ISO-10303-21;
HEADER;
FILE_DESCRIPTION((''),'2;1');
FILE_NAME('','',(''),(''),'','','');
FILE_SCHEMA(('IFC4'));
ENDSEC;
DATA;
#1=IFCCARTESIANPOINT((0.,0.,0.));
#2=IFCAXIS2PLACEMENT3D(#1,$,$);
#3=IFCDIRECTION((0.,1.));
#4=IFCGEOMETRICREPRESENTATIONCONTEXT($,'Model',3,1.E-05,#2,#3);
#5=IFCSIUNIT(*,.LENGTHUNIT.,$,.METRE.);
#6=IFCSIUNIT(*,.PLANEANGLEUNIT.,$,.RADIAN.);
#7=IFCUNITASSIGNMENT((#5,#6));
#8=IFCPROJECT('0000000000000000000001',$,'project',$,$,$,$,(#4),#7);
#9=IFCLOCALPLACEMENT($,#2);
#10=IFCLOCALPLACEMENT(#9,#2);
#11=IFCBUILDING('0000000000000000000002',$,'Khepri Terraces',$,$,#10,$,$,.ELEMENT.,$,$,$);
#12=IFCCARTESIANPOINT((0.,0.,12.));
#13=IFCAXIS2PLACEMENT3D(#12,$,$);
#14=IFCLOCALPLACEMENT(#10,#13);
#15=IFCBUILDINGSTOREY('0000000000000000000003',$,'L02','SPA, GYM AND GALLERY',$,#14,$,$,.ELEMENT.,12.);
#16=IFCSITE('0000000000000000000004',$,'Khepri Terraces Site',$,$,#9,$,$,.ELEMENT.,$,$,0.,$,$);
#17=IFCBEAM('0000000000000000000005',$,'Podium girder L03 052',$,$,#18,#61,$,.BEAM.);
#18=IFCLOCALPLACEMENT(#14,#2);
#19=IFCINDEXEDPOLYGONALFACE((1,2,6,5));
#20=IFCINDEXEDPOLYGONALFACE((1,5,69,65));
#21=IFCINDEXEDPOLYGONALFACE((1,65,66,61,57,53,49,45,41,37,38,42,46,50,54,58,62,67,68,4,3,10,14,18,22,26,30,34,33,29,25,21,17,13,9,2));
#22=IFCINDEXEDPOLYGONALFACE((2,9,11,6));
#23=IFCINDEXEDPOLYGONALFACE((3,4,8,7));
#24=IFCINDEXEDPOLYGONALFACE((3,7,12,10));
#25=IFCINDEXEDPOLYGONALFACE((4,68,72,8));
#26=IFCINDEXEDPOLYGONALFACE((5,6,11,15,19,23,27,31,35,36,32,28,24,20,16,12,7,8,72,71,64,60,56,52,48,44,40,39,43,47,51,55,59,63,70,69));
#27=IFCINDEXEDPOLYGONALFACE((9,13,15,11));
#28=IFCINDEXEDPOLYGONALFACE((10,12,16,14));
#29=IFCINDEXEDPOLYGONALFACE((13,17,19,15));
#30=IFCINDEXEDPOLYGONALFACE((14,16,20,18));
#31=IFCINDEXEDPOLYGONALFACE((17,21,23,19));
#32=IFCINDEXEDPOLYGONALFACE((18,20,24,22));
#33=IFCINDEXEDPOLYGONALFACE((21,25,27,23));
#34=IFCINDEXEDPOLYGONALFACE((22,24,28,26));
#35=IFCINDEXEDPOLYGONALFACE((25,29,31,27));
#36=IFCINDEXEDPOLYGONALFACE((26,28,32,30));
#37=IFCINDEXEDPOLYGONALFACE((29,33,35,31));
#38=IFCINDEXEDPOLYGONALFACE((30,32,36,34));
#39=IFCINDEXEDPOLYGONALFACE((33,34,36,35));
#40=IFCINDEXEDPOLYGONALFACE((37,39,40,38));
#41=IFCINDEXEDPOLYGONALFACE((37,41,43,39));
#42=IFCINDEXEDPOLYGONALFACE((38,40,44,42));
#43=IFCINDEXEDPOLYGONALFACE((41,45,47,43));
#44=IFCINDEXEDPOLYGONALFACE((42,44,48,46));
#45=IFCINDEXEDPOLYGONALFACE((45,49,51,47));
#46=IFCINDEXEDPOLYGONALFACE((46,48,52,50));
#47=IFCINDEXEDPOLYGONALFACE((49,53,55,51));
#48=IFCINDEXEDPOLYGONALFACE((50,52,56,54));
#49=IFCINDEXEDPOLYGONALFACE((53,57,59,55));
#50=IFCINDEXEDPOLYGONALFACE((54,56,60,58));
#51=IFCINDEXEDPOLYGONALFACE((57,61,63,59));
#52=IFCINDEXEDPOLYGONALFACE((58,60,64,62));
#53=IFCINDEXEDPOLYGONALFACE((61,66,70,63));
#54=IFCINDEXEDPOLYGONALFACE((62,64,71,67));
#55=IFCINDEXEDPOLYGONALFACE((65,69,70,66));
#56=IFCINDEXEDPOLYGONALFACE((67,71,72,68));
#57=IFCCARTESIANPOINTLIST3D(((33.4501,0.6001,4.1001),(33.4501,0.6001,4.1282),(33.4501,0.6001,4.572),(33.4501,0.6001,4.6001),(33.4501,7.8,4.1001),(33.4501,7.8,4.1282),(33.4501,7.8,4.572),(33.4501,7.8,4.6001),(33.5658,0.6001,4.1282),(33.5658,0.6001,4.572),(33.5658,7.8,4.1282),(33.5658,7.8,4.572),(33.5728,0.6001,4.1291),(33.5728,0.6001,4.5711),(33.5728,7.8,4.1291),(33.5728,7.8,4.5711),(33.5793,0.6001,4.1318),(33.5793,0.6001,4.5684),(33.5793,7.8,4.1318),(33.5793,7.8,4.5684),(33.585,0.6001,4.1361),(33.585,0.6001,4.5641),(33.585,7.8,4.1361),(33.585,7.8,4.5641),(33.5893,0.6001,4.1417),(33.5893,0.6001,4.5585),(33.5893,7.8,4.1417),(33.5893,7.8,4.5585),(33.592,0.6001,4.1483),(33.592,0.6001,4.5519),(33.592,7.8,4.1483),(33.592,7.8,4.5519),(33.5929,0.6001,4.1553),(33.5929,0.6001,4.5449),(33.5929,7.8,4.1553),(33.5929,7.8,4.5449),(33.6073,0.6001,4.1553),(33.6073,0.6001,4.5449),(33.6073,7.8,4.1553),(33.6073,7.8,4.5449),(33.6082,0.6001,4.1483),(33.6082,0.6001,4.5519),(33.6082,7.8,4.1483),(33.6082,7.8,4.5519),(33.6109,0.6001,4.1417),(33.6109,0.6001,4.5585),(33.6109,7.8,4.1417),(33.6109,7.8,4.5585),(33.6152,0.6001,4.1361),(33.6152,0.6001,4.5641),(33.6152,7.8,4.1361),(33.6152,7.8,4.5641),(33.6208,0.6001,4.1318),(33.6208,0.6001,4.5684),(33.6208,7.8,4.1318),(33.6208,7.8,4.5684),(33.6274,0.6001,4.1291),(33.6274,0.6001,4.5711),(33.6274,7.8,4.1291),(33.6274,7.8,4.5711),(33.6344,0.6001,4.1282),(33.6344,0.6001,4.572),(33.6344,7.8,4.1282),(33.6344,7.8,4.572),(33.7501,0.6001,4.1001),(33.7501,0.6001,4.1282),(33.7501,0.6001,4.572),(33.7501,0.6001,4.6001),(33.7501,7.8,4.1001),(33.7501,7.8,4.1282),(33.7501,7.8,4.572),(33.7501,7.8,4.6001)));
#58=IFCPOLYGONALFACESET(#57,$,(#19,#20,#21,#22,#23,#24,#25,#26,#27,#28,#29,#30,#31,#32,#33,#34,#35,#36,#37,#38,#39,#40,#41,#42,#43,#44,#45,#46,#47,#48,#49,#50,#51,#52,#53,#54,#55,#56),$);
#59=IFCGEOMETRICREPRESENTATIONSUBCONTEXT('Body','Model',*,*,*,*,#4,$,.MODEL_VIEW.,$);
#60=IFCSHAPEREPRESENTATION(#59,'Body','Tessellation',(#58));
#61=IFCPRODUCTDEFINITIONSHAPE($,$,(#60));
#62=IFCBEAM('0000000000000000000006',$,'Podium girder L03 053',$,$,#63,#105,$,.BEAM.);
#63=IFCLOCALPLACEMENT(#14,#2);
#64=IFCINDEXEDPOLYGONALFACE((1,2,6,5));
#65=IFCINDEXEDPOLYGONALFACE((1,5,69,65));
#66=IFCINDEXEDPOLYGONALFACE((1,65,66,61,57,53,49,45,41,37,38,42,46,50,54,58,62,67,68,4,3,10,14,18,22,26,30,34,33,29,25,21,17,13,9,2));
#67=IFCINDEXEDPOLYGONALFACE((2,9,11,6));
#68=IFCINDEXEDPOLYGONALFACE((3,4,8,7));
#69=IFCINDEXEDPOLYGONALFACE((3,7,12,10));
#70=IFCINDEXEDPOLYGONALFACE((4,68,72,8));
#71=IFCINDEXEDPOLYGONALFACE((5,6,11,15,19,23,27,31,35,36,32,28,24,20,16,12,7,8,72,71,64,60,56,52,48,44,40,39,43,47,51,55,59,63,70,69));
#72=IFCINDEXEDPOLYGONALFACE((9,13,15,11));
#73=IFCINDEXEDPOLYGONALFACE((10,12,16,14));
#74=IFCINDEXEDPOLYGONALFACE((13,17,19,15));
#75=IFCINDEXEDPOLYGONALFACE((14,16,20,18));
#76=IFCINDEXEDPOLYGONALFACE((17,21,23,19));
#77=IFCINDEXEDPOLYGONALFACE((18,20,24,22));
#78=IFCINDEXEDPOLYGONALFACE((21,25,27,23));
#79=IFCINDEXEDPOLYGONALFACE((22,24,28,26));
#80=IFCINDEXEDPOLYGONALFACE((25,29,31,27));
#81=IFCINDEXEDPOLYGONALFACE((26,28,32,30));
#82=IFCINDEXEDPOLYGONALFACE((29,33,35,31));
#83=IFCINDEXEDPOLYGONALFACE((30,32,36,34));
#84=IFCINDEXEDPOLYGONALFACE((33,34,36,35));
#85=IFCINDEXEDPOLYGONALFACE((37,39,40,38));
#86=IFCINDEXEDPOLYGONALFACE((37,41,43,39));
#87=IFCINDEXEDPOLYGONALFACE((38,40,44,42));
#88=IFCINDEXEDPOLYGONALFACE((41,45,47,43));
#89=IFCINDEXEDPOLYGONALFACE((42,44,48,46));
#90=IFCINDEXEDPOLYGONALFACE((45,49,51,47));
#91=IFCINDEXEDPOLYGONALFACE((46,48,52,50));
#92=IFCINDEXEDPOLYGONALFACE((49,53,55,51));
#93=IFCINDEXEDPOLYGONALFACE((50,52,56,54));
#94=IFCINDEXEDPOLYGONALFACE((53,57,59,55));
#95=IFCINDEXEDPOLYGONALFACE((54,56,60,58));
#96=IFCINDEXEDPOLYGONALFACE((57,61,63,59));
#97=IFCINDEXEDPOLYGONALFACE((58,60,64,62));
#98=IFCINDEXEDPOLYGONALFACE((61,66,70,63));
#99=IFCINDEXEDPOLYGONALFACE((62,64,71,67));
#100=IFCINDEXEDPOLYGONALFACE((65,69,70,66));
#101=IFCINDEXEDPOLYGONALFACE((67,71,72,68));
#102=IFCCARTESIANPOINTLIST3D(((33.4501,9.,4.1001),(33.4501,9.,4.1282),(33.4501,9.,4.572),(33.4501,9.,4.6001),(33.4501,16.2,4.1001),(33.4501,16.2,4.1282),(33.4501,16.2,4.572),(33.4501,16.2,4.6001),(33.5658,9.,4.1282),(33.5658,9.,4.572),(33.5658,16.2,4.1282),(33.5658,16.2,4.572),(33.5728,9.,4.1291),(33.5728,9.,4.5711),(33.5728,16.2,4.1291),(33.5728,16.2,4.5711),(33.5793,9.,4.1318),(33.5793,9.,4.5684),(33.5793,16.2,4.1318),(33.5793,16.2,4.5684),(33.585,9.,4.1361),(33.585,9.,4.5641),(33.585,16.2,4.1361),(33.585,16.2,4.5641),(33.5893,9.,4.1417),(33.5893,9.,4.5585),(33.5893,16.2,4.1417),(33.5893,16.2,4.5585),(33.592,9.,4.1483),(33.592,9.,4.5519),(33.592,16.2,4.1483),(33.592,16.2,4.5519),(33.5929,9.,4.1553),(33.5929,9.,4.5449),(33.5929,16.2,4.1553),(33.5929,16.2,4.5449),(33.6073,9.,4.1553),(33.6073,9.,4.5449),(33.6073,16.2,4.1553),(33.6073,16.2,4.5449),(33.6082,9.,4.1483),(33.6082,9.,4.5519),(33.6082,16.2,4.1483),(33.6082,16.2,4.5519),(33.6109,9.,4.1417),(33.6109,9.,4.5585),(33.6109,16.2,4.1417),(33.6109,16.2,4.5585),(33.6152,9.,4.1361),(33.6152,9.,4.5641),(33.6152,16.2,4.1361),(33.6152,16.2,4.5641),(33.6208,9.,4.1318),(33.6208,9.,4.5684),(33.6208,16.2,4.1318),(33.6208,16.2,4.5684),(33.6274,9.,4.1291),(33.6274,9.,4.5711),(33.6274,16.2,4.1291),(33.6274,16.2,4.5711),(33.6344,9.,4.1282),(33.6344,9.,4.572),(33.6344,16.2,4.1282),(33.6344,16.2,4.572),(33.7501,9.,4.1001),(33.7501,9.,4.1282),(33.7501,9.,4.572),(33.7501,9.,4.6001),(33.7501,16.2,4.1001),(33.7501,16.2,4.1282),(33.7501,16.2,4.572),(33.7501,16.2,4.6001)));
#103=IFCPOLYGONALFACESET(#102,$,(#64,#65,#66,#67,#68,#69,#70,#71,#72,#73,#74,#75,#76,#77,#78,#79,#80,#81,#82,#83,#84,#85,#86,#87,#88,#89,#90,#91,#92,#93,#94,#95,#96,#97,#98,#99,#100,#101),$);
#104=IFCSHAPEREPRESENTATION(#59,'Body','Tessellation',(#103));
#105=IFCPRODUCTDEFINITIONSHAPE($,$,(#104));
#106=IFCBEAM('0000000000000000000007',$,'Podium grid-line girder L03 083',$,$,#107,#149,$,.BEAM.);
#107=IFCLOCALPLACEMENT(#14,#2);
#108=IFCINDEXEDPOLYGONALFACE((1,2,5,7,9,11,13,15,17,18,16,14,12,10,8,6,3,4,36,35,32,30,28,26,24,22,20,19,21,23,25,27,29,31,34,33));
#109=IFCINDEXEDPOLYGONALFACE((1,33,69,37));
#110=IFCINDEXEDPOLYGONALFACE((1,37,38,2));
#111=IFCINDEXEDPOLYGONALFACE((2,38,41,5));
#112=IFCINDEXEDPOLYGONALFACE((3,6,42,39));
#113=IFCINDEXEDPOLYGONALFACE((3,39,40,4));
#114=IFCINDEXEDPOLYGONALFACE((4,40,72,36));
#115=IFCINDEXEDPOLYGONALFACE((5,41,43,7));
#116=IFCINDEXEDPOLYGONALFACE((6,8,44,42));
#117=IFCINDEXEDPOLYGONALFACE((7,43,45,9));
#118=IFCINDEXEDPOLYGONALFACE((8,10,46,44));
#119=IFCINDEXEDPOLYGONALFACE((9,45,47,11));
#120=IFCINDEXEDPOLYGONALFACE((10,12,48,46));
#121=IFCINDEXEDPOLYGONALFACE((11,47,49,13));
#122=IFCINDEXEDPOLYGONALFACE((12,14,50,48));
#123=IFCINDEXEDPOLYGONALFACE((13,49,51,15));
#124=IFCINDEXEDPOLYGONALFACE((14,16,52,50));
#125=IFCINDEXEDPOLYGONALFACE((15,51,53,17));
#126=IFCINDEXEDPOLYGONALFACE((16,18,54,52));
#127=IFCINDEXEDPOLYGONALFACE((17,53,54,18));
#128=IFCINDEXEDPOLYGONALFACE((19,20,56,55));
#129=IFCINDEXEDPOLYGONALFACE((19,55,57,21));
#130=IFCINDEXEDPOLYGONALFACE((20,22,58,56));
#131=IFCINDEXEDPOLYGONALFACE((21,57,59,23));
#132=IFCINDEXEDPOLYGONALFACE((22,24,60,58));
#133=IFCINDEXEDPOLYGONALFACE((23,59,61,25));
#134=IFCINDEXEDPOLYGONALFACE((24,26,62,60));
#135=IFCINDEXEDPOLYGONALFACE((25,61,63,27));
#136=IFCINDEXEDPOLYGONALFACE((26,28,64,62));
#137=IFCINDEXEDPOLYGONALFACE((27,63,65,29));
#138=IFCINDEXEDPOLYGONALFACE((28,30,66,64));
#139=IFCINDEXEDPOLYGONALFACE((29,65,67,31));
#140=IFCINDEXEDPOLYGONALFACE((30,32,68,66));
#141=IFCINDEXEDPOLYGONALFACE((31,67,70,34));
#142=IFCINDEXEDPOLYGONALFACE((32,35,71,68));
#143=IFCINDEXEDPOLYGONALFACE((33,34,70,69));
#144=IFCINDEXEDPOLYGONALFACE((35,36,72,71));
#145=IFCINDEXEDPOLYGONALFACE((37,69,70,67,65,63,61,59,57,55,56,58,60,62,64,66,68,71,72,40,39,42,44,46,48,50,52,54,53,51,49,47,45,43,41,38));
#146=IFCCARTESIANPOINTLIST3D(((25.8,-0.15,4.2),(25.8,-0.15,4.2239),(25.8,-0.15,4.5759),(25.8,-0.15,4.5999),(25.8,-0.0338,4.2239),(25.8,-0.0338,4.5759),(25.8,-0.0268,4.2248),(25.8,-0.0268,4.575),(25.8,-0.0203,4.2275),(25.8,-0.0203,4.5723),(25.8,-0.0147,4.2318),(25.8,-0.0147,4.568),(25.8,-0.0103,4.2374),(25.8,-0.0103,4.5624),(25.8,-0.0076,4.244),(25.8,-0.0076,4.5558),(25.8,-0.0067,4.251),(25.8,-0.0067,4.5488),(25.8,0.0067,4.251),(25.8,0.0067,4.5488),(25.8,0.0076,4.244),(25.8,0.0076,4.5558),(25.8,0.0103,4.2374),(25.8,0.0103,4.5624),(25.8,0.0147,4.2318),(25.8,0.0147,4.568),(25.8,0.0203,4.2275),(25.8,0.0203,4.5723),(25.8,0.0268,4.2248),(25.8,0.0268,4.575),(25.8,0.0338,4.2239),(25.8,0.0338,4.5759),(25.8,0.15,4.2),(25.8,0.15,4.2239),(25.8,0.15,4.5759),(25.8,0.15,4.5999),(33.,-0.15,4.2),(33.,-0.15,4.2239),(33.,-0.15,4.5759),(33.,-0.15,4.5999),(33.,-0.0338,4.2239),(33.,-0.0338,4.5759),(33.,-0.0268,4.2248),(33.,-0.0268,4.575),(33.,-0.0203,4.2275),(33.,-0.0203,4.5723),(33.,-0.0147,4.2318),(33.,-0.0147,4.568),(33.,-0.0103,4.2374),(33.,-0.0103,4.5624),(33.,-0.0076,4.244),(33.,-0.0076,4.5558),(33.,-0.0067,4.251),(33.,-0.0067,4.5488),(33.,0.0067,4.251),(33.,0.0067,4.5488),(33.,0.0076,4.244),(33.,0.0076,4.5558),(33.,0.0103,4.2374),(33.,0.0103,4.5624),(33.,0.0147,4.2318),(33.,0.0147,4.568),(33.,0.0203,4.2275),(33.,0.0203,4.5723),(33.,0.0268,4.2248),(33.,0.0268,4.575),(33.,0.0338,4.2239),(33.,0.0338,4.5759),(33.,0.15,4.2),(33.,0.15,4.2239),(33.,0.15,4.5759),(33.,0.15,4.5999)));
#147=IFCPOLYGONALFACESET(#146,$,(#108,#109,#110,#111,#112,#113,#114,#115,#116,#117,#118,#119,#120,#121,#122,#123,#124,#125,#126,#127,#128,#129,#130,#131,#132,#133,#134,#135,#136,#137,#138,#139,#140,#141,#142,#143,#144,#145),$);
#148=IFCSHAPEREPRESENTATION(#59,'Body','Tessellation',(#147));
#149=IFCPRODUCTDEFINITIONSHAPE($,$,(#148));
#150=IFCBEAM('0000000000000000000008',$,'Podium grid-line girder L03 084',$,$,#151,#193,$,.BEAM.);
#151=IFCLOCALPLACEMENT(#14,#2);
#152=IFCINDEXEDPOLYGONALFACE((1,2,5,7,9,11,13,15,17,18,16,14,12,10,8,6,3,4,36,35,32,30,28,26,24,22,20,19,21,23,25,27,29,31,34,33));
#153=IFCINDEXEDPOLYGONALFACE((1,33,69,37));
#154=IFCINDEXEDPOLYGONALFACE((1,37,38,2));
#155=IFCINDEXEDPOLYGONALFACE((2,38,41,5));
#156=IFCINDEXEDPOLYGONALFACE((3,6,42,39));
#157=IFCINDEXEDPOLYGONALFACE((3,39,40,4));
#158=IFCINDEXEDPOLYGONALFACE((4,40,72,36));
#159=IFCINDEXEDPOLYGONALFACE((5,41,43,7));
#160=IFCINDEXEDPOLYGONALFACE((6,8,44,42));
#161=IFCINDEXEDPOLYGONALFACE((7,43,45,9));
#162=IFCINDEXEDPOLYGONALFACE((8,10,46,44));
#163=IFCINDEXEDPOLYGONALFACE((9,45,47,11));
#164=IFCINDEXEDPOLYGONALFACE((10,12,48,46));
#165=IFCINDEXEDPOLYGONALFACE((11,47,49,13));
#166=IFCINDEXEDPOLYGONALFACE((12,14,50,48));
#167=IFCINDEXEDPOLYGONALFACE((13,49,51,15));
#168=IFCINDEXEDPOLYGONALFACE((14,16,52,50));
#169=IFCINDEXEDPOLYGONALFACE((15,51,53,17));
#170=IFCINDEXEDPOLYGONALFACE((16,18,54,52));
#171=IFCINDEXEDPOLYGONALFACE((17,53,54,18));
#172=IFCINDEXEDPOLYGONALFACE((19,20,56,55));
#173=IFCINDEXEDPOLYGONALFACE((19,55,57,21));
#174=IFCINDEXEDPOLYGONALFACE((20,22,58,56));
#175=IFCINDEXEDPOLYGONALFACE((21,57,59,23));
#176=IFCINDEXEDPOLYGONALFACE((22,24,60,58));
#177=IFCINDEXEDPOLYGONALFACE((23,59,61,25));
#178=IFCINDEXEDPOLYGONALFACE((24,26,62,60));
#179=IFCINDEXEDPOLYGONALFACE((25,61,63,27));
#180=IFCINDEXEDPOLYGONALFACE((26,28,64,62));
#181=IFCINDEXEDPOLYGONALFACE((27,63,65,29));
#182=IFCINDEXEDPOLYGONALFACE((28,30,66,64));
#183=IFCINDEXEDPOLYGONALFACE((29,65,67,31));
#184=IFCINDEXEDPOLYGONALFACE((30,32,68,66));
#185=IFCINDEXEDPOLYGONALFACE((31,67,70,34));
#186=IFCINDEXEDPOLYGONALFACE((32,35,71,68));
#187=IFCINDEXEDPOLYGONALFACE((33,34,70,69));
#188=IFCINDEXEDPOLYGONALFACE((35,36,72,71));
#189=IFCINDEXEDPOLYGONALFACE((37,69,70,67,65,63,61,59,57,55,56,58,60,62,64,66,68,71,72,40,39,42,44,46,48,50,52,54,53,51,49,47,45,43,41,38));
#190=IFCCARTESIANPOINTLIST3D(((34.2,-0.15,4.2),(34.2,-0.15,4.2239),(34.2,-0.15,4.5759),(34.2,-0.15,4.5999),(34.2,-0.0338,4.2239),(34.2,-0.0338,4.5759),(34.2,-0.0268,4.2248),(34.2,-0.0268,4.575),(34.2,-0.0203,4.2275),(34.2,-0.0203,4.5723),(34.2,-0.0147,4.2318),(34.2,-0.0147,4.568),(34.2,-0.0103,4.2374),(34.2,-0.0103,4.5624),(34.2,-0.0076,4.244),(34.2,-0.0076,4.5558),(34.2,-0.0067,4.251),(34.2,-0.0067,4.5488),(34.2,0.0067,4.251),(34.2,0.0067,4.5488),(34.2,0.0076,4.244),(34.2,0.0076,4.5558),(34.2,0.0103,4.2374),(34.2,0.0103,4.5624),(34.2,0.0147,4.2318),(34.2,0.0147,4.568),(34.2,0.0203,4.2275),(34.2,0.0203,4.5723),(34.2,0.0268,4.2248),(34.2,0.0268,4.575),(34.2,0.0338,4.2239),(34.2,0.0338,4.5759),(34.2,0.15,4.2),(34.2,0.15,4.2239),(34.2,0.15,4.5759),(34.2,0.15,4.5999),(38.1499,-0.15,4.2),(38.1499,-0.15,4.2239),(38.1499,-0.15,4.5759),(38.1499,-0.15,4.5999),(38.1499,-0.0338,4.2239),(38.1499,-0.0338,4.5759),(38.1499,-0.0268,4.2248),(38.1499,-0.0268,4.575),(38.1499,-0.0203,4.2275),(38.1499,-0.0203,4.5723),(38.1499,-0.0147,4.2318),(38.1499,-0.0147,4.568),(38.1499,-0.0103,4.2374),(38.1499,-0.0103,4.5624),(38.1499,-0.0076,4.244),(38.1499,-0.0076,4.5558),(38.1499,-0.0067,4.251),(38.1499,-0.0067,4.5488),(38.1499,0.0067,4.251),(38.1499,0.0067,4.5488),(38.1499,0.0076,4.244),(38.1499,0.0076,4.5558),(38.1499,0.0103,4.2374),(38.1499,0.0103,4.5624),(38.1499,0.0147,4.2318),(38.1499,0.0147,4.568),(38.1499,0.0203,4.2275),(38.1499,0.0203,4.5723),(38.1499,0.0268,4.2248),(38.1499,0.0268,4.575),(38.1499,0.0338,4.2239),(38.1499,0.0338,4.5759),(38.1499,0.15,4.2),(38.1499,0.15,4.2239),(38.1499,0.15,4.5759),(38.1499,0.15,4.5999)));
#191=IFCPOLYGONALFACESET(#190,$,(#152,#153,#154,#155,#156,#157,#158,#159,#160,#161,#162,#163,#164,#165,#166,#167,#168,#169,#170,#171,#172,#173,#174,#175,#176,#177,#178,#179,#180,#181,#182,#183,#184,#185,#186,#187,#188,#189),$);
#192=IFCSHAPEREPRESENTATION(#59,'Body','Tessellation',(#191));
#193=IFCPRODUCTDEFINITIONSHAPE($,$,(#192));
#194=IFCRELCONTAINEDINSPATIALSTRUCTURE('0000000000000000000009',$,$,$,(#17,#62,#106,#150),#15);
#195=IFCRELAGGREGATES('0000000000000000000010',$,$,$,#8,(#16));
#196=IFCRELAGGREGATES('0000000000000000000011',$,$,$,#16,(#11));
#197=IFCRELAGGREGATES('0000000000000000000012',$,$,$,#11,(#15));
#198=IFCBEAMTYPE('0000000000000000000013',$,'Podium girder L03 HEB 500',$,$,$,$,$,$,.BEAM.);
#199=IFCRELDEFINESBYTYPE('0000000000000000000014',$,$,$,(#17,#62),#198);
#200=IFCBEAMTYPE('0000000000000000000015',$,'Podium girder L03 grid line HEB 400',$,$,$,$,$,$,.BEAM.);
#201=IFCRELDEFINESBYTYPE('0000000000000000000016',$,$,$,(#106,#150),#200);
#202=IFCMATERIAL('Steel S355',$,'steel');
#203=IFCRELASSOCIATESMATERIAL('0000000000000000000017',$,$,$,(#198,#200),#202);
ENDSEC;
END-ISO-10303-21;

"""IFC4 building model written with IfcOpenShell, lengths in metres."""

from ifc_helpers import new_model, si_unit, direction, frame, origin, origin_2d, place, context, subcontext, project, spatial, i_section, extrude, material, material_profile, profile_set, type_object, element, save


model = new_model("IFC4")

# Units and contexts
model_context = context("Model", 3, precision=1e-05, world=origin(), true_north=direction((0.0, 1.0)))
body_context = subcontext(model_context, "Body", "Model", "MODEL_VIEW")
ifc_project = project(units=[si_unit("LENGTHUNIT", "METRE"), si_unit("PLANEANGLEUNIT", "RADIAN")], contexts=[model_context])

# Site, building, storey
site_placement = place(None, origin())
site = spatial("IfcSite", under=ifc_project, at=site_placement, Name="Khepri Terraces Site", CompositionType="ELEMENT", RefElevation=0.0)
building_placement = place(site_placement, origin())
building = spatial("IfcBuilding", under=site, at=building_placement, Name="Khepri Terraces", CompositionType="ELEMENT")
storey_placement = place(building_placement, frame((0.0, 0.0, 12.0)))
storey = spatial("IfcBuildingStorey", under=building, at=storey_placement, Name="L02", Description="SPA, GYM AND GALLERY", CompositionType="ELEMENT", Elevation=12.0)

# Beams
ifc_material_1 = material(Name="Steel S355", Category="steel")
ifc_material_profile_1 = material_profile(ifc_material_1, i_section(OverallWidth=0.3, OverallDepth=0.5, WebThickness=0.0144, FlangeThickness=0.0281, FilletRadius=0.0271, at=origin_2d()), Name="Steel S355", Category="steel")
ifc_profile_set_1 = profile_set([ifc_material_profile_1], Name="Steel S355")
beam_type_1 = type_object("IfcBeamType", Name="Podium girder L03 HEB 500", PredefinedType="BEAM", material=ifc_profile_set_1)
for number, where, z_axis, x_axis, name in (
    (1, (33.6001, 0.6001, 4.3501), (0.0, 1.0, 0.0), (-1.0, 0.0, 0.0), "Podium girder L03 052"),
    (2, (33.6001, 9.0, 4.3501), (0.0, 1.0, 0.0), (-1.0, 0.0, 0.0), "Podium girder L03 053"),
):
    element("IfcBeam", number, at=place(storey_placement, frame(where, z_axis=z_axis, x_axis=x_axis)), inside=storey, type_object=beam_type_1, Name=name, PredefinedType="BEAM", context=body_context, shape_type="SweptSolid", body=[
        extrude(i_section(OverallWidth=0.3, OverallDepth=0.5, WebThickness=0.0144, FlangeThickness=0.0281, FilletRadius=0.0271, at=origin_2d()), origin(), (0.0, 0.0, 1.0), 7.2),
    ])
ifc_material_profile_2 = material_profile(ifc_material_1, i_section(OverallWidth=0.3, OverallDepth=0.3999, WebThickness=0.0134, FlangeThickness=0.0239, FilletRadius=0.0271, at=origin_2d()), Name="Steel S355", Category="steel")
ifc_profile_set_2 = profile_set([ifc_material_profile_2], Name="Steel S355")
beam_type_2 = type_object("IfcBeamType", Name="Podium girder L03 grid line HEB 400", PredefinedType="BEAM", material=ifc_profile_set_2)
beam_1_placement = place(storey_placement, frame((25.8, 0.0, 4.3999), z_axis=(1.0, 0.0, 0.0), x_axis=(0.0, 1.0, 0.0)))
element("IfcBeam", 3, at=beam_1_placement, inside=storey, type_object=beam_type_2, Name="Podium grid-line girder L03 083", PredefinedType="BEAM", context=body_context, shape_type="SweptSolid", body=[
    extrude(i_section(OverallWidth=0.3, OverallDepth=0.3999, WebThickness=0.0134, FlangeThickness=0.0239, FilletRadius=0.0271, at=origin_2d()), origin(), (0.0, 0.0, 1.0), 7.2),
])
beam_2_placement = place(storey_placement, frame((34.2, 0.0, 4.3999), z_axis=(1.0, 0.0, 0.0), x_axis=(0.0, 1.0, 0.0)))
element("IfcBeam", 4, at=beam_2_placement, inside=storey, type_object=beam_type_2, Name="Podium grid-line girder L03 084", PredefinedType="BEAM", context=body_context, shape_type="SweptSolid", body=[
    extrude(i_section(OverallWidth=0.3, OverallDepth=0.3999, WebThickness=0.0134, FlangeThickness=0.0239, FilletRadius=0.0271, at=origin_2d()), origin(), (0.0, 0.0, 1.0), 3.95),
])

save(model, "model.ifc")
